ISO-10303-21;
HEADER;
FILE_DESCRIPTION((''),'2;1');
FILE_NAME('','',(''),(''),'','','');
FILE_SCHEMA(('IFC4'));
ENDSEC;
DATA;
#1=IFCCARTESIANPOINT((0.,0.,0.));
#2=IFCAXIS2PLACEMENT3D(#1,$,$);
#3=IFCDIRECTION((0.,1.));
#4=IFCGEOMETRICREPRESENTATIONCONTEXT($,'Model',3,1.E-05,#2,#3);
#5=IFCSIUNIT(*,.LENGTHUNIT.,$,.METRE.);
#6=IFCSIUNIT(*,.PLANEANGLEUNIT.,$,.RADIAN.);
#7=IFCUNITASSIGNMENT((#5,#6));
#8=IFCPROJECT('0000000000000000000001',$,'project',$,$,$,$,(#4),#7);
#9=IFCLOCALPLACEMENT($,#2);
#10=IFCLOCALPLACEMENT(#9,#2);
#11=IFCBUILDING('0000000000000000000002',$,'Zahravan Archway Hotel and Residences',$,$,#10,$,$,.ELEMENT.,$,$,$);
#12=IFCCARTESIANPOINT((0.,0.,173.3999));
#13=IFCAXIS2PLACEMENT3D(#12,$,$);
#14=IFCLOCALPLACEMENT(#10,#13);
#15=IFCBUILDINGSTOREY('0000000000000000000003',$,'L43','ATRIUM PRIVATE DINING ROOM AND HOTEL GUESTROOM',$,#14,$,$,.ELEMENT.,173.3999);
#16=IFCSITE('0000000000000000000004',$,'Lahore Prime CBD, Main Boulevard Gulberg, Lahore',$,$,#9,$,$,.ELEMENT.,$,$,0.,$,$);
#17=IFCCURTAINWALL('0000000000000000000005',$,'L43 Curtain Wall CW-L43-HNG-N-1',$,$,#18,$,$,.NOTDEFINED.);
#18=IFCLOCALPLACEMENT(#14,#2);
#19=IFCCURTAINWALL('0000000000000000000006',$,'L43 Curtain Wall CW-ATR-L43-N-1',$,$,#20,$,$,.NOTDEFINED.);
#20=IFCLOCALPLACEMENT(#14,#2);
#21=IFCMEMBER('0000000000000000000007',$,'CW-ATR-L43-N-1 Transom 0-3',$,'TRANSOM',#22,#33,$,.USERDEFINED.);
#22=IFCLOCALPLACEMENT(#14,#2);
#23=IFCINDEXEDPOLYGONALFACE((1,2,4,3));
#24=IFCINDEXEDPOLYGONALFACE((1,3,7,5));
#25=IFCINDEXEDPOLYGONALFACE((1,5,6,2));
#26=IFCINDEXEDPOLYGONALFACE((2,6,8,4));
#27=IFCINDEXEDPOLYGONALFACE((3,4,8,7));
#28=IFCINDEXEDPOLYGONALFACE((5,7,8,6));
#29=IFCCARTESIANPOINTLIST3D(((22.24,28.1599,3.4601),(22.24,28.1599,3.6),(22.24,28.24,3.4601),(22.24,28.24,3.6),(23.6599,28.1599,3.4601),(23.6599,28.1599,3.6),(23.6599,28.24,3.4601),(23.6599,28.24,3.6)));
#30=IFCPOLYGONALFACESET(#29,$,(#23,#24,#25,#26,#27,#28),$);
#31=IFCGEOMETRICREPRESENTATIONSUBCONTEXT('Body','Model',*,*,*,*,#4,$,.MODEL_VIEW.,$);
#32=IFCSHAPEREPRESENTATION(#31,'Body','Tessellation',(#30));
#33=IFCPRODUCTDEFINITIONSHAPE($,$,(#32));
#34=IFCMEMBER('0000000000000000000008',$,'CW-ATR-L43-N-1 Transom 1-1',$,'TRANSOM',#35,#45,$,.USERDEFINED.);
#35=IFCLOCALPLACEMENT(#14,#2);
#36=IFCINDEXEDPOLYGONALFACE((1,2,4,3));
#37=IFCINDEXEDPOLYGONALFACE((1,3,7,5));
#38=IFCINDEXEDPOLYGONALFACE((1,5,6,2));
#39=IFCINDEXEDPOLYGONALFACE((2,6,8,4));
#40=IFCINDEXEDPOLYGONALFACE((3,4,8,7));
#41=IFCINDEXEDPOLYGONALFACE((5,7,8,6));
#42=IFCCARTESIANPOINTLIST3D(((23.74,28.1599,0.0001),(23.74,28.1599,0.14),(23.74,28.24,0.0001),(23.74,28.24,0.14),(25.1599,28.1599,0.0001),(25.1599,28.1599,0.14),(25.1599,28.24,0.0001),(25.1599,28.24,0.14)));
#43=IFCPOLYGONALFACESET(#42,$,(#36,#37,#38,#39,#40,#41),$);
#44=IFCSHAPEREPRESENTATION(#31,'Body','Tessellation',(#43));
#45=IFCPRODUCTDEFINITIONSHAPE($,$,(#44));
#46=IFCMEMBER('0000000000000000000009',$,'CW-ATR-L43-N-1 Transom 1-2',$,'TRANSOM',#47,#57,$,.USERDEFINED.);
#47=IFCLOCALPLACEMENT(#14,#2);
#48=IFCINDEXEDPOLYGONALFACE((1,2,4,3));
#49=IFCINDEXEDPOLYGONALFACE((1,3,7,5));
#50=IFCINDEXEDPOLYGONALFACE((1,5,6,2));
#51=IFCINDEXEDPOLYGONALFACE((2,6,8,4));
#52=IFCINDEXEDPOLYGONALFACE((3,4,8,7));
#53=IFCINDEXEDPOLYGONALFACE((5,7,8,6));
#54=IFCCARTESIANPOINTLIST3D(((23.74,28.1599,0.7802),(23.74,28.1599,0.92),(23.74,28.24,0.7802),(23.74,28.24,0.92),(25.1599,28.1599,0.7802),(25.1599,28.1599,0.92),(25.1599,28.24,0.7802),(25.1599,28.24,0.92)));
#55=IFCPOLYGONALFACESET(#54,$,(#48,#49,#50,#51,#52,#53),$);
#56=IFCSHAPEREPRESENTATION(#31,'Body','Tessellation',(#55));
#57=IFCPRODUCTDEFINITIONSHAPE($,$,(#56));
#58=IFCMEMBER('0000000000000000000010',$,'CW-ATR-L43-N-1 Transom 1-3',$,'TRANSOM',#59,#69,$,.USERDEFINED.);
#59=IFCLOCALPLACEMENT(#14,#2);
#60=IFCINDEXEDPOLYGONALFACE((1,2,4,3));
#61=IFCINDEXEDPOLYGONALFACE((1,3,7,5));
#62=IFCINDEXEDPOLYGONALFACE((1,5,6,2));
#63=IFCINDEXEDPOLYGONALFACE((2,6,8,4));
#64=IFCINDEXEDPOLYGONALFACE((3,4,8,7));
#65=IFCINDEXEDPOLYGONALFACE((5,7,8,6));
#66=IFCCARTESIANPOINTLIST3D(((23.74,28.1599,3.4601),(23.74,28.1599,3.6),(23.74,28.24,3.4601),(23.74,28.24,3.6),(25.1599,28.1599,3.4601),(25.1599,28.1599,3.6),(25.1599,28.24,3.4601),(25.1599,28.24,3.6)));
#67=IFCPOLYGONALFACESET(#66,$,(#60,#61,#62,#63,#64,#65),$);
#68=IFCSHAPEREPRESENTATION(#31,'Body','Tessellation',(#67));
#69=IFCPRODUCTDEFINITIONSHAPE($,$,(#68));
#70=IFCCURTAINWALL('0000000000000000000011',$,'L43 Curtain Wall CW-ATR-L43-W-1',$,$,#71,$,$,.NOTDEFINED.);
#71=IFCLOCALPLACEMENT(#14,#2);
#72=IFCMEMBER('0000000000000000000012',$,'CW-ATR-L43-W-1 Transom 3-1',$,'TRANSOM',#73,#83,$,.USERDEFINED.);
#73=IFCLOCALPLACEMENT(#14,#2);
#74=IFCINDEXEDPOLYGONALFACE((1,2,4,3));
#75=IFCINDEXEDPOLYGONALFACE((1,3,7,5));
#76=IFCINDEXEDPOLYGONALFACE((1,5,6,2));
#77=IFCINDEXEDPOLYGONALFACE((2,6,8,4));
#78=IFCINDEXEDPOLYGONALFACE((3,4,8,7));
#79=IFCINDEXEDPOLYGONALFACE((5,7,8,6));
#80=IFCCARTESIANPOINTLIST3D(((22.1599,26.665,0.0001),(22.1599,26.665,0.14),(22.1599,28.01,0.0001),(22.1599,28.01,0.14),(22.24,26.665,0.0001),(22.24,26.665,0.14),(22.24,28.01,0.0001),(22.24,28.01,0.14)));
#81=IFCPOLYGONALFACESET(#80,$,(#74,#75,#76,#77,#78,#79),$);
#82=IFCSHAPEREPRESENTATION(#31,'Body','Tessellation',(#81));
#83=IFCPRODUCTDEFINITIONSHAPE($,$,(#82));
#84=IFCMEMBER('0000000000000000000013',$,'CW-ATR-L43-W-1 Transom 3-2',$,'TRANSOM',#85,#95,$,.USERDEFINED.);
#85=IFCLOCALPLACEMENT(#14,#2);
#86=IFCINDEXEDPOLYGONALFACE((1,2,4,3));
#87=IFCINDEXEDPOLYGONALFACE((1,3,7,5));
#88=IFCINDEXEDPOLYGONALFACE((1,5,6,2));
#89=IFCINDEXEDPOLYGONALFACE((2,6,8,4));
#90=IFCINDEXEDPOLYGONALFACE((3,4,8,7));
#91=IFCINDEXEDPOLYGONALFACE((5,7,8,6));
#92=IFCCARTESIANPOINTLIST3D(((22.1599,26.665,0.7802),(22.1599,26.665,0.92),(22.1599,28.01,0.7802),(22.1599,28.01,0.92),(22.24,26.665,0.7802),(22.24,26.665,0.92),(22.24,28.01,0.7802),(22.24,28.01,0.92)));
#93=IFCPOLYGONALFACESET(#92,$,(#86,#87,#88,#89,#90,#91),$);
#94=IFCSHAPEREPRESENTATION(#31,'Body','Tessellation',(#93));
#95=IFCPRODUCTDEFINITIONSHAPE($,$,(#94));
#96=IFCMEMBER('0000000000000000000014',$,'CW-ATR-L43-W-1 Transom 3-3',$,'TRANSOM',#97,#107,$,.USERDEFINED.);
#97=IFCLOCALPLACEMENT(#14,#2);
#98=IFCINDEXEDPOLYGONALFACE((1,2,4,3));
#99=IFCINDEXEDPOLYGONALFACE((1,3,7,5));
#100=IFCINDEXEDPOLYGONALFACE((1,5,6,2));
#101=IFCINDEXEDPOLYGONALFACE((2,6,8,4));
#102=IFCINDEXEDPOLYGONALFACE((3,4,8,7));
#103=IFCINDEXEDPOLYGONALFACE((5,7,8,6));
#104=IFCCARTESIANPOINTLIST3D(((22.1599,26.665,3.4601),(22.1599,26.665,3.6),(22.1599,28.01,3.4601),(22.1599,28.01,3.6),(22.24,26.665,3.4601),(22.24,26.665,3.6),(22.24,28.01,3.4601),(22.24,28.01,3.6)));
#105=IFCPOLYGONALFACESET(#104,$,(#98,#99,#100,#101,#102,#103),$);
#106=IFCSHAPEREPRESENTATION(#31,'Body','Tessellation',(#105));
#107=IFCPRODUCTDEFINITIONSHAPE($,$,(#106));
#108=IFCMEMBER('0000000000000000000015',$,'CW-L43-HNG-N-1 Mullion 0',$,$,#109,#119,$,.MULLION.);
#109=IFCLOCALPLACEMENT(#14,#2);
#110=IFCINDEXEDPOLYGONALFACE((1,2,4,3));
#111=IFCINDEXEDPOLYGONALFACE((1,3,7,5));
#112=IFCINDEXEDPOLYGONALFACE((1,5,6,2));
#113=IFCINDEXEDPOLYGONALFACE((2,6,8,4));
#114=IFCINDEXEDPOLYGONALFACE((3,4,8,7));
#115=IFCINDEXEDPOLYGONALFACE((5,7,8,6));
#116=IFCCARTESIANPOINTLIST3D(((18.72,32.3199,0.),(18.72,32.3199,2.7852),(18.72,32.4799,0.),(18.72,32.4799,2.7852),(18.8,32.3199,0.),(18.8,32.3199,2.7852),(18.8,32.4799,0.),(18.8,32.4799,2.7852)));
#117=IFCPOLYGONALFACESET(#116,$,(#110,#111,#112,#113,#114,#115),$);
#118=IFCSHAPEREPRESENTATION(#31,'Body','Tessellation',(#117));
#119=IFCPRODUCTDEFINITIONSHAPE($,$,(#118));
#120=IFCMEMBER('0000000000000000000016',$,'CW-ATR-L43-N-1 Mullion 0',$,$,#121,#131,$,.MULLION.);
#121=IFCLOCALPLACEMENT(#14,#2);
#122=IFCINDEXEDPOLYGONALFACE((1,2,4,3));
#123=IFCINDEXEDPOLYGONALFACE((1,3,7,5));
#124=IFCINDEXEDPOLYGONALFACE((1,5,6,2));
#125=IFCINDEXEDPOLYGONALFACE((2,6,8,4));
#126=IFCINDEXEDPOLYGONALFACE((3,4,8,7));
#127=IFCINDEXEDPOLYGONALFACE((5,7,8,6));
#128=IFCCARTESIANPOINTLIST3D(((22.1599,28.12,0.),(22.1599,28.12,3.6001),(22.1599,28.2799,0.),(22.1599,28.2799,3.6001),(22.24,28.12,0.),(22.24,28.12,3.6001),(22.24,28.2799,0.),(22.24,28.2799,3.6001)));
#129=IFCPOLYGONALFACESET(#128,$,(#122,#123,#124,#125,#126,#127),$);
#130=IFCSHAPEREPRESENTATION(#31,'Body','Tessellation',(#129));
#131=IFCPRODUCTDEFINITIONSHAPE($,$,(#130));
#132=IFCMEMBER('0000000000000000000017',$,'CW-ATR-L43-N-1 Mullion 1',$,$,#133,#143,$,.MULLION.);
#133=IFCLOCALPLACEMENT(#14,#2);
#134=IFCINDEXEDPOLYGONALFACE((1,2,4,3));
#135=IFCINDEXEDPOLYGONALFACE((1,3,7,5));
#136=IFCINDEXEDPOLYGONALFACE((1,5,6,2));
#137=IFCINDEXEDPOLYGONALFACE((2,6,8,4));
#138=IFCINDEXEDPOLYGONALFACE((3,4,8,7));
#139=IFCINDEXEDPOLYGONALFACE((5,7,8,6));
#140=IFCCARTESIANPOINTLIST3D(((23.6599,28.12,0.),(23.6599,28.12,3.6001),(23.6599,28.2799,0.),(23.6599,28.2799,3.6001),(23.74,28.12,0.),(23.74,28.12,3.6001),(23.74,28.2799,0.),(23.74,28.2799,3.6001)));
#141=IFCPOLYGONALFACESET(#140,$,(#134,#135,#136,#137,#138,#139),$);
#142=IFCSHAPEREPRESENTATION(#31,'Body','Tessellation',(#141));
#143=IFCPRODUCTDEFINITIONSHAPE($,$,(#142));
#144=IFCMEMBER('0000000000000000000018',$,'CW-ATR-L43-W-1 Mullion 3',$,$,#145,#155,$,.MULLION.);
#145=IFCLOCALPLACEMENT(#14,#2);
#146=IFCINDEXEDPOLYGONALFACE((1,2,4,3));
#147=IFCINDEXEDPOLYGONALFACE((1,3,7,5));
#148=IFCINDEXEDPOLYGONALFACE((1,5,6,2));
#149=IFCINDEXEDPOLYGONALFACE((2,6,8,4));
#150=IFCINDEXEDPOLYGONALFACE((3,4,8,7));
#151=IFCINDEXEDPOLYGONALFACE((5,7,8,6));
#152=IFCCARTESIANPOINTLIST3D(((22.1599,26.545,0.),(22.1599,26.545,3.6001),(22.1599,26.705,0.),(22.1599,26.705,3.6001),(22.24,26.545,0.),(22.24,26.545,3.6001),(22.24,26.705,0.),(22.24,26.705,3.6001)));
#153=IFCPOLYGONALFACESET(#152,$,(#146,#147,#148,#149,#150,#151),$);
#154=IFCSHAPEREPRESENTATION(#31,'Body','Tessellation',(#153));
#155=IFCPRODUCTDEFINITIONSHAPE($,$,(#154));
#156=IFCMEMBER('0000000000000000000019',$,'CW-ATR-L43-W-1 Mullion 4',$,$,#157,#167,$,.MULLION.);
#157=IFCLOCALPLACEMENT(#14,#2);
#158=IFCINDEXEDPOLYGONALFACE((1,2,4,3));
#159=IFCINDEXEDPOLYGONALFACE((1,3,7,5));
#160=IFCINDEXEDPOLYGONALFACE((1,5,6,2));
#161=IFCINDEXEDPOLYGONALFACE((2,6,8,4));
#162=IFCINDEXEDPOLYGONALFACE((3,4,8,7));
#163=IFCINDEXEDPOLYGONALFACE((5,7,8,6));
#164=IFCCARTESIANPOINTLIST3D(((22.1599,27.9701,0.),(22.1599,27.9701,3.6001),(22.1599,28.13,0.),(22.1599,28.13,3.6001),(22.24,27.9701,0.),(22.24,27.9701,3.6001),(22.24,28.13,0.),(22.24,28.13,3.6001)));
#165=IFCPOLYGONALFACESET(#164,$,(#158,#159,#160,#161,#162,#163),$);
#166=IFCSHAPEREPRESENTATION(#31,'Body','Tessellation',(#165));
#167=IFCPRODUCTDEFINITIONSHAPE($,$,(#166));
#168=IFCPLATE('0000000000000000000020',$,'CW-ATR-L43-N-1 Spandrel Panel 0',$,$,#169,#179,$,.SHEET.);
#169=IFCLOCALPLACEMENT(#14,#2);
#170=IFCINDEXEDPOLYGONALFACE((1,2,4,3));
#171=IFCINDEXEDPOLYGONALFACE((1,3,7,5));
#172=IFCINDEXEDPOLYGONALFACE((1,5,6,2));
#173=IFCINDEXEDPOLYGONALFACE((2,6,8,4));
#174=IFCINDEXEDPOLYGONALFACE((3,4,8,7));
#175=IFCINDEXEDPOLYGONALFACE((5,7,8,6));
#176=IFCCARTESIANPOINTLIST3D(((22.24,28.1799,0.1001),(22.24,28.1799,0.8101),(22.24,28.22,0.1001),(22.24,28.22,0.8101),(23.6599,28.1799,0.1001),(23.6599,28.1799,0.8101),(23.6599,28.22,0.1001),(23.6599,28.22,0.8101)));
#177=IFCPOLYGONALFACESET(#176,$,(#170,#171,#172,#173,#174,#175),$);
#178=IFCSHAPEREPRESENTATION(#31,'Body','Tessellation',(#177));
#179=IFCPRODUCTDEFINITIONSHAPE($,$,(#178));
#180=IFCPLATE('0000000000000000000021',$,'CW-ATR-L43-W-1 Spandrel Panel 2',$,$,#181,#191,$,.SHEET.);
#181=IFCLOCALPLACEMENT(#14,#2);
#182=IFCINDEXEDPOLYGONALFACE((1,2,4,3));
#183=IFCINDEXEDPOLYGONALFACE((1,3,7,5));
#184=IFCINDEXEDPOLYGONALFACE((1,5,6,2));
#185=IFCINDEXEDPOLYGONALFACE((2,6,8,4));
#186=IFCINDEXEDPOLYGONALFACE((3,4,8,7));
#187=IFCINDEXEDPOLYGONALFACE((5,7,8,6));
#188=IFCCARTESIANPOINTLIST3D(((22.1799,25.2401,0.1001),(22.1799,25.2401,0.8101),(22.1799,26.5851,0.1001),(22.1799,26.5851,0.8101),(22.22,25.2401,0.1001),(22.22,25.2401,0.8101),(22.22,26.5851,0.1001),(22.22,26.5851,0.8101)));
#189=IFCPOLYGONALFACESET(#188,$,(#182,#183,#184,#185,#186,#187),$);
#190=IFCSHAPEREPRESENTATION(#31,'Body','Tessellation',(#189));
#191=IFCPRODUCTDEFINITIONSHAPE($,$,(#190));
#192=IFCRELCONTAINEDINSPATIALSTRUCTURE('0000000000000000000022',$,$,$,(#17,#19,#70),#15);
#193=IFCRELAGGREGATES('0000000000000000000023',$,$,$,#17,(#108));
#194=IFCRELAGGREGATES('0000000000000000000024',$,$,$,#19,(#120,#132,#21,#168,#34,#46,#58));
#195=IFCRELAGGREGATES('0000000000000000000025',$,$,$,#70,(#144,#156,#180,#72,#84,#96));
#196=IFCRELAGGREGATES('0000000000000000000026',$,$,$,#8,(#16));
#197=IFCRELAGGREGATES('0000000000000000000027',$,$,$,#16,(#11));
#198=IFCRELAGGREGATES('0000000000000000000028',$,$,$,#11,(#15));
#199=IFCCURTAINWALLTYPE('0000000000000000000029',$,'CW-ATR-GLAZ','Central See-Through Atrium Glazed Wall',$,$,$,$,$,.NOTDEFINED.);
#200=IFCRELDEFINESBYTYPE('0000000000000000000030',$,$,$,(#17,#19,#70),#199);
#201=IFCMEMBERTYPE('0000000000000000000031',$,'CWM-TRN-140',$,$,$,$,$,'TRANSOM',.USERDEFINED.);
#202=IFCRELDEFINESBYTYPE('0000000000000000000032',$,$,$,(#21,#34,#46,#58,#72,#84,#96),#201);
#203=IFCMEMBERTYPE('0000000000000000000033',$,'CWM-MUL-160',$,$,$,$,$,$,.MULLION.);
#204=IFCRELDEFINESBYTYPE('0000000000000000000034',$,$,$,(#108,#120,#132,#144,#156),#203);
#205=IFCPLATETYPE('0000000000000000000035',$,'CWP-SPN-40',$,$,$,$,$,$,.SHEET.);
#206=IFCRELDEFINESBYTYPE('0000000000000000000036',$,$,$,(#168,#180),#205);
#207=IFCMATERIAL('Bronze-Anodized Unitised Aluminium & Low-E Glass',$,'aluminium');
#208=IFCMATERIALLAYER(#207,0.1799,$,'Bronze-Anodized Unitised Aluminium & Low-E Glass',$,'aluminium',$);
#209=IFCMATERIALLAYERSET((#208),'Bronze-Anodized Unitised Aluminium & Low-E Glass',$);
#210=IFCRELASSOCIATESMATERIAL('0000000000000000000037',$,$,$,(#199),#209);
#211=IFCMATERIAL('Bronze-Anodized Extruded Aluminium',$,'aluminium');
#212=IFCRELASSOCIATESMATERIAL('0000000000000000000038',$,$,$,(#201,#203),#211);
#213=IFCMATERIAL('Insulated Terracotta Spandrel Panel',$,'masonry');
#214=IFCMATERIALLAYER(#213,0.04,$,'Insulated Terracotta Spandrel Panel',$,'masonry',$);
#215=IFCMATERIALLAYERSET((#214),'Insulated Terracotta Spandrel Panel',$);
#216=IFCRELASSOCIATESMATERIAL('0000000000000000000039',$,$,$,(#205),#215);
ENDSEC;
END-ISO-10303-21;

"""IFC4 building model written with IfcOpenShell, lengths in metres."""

from ifc_helpers import new_model, si_unit, direction, frame, origin, origin_2d, place, context, subcontext, project, spatial, rectangle, extrude, source, transform, mapped, material, layer, layer_set, material_profile, profile_set, type_object, element, aggregate, save


model = new_model("IFC4")

# Units and contexts
model_context = context("Model", 3, precision=1e-05, world=origin(), true_north=direction((0.0, 1.0)))
body_context = subcontext(model_context, "Body", "Model", "MODEL_VIEW")
ifc_project = project(units=[si_unit("LENGTHUNIT", "METRE"), si_unit("PLANEANGLEUNIT", "RADIAN")], contexts=[model_context])

# Site, building, storey
site_placement = place(None, origin())
site = spatial("IfcSite", under=ifc_project, at=site_placement, Name="Lahore Prime CBD, Main Boulevard Gulberg, Lahore", CompositionType="ELEMENT", RefElevation=0.0)
building_placement = place(site_placement, origin())
building = spatial("IfcBuilding", under=site, at=building_placement, Name="Zahravan Archway Hotel and Residences", CompositionType="ELEMENT")
storey_placement = place(building_placement, frame((0.0, 0.0, 173.3999)))
storey = spatial("IfcBuildingStorey", under=building, at=storey_placement, Name="L43", Description="ATRIUM PRIVATE DINING ROOM AND HOTEL GUESTROOM", CompositionType="ELEMENT", Elevation=173.3999)

# Curtain walls, members
ifc_material_1 = material(Name="Bronze-Anodized Unitised Aluminium & Low-E Glass", Category="aluminium")
ifc_layer_1 = layer(ifc_material_1, 0.1799, Name="Bronze-Anodized Unitised Aluminium & Low-E Glass", Category="aluminium")
ifc_layer_set_1 = layer_set([ifc_layer_1], Name="Bronze-Anodized Unitised Aluminium & Low-E Glass")
curtain_wall_type = type_object("IfcCurtainWallType", Name="CW-ATR-GLAZ", Description="Central See-Through Atrium Glazed Wall", PredefinedType="NOTDEFINED", material=ifc_layer_set_1)
curtain_wall_1_placement = place(storey_placement, origin())
curtain_wall_1 = element("IfcCurtainWall", 1, at=curtain_wall_1_placement, inside=storey, type_object=curtain_wall_type, Name="L43 Curtain Wall CW-L43-HNG-N-1", PredefinedType="NOTDEFINED")
ifc_material_2 = material(Name="Bronze-Anodized Extruded Aluminium", Category="aluminium")
ifc_material_profile_1 = material_profile(ifc_material_2, rectangle(XDim=0.0801, YDim=0.1399, at=origin_2d()), Name="TRN 80x140", Category="aluminium")
ifc_profile_set_1 = profile_set([ifc_material_profile_1], Name="Bronze-Anodized Extruded Aluminium")
member_type_1 = type_object("IfcMemberType", Name="CWM-TRN-140", ElementType="TRANSOM", PredefinedType="USERDEFINED", material=ifc_profile_set_1)
curtain_wall_2_placement = place(storey_placement, origin())
curtain_wall_2 = element("IfcCurtainWall", 2, at=curtain_wall_2_placement, inside=storey, type_object=curtain_wall_type, Name="L43 Curtain Wall CW-ATR-L43-N-1", PredefinedType="NOTDEFINED")
shared_shape_1 = source(origin(), body_context, "Body", "SweptSolid", [
    extrude(rectangle(XDim=0.0801, YDim=0.1399, at=origin_2d()), origin(), (0.0, 0.0, 1.0), 1.4199),
])
member_1_placement = place(storey_placement, frame((22.24, 28.2, 3.53), z_axis=(1.0, 0.0, 0.0), x_axis=(0.0, 1.0, 0.0)))
member_1 = element("IfcMember", 3, at=member_1_placement, type_object=member_type_1, Name="CW-ATR-L43-N-1 Transom 0-3", ObjectType="TRANSOM", PredefinedType="USERDEFINED", context=body_context, shape_type="MappedRepresentation", body=[
    mapped(shared_shape_1, transform((0.0, 0.0, 0.0), scale=1.0)),
])
member_2_placement = place(storey_placement, frame((23.74, 28.2, 0.0701), z_axis=(1.0, 0.0, 0.0), x_axis=(0.0, 1.0, 0.0)))
member_2 = element("IfcMember", 4, at=member_2_placement, type_object=member_type_1, Name="CW-ATR-L43-N-1 Transom 1-1", ObjectType="TRANSOM", PredefinedType="USERDEFINED", context=body_context, shape_type="MappedRepresentation", body=[
    mapped(shared_shape_1, transform((0.0, 0.0, 0.0), scale=1.0)),
])
member_3_placement = place(storey_placement, frame((23.74, 28.2, 0.8501), z_axis=(1.0, 0.0, 0.0), x_axis=(0.0, 1.0, 0.0)))
member_3 = element("IfcMember", 5, at=member_3_placement, type_object=member_type_1, Name="CW-ATR-L43-N-1 Transom 1-2", ObjectType="TRANSOM", PredefinedType="USERDEFINED", context=body_context, shape_type="MappedRepresentation", body=[
    mapped(shared_shape_1, transform((0.0, 0.0, 0.0), scale=1.0)),
])
member_4_placement = place(storey_placement, frame((23.74, 28.2, 3.53), z_axis=(1.0, 0.0, 0.0), x_axis=(0.0, 1.0, 0.0)))
member_4 = element("IfcMember", 6, at=member_4_placement, type_object=member_type_1, Name="CW-ATR-L43-N-1 Transom 1-3", ObjectType="TRANSOM", PredefinedType="USERDEFINED", context=body_context, shape_type="MappedRepresentation", body=[
    mapped(shared_shape_1, transform((0.0, 0.0, 0.0), scale=1.0)),
])
curtain_wall_3_placement = place(storey_placement, origin())
curtain_wall_3 = element("IfcCurtainWall", 7, at=curtain_wall_3_placement, inside=storey, type_object=curtain_wall_type, Name="L43 Curtain Wall CW-ATR-L43-W-1", PredefinedType="NOTDEFINED")
shared_shape_2 = source(origin(), body_context, "Body", "SweptSolid", [
    extrude(rectangle(XDim=0.0801, YDim=0.1399, at=origin_2d()), origin(), (0.0, 0.0, 1.0), 1.345),
])
member_5_placement = place(storey_placement, frame((22.2, 26.665, 0.0701), z_axis=(0.0, 1.0, 0.0), x_axis=(-1.0, 0.0, 0.0)))
member_5 = element("IfcMember", 8, at=member_5_placement, type_object=member_type_1, Name="CW-ATR-L43-W-1 Transom 3-1", ObjectType="TRANSOM", PredefinedType="USERDEFINED", context=body_context, shape_type="MappedRepresentation", body=[
    mapped(shared_shape_2, transform((0.0, 0.0, 0.0), scale=1.0)),
])
member_6_placement = place(storey_placement, frame((22.2, 26.665, 0.8501), z_axis=(0.0, 1.0, 0.0), x_axis=(-1.0, 0.0, 0.0)))
member_6 = element("IfcMember", 9, at=member_6_placement, type_object=member_type_1, Name="CW-ATR-L43-W-1 Transom 3-2", ObjectType="TRANSOM", PredefinedType="USERDEFINED", context=body_context, shape_type="MappedRepresentation", body=[
    mapped(shared_shape_2, transform((0.0, 0.0, 0.0), scale=1.0)),
])
member_7_placement = place(storey_placement, frame((22.2, 26.665, 3.53), z_axis=(0.0, 1.0, 0.0), x_axis=(-1.0, 0.0, 0.0)))
member_7 = element("IfcMember", 10, at=member_7_placement, type_object=member_type_1, Name="CW-ATR-L43-W-1 Transom 3-3", ObjectType="TRANSOM", PredefinedType="USERDEFINED", context=body_context, shape_type="MappedRepresentation", body=[
    mapped(shared_shape_2, transform((0.0, 0.0, 0.0), scale=1.0)),
])

# Members
ifc_material_profile_2 = material_profile(ifc_material_2, rectangle(XDim=0.0801, YDim=0.1599, at=origin_2d()), Name="MUL 80x160", Category="aluminium")
ifc_profile_set_2 = profile_set([ifc_material_profile_2], Name="Bronze-Anodized Extruded Aluminium")
member_type_2 = type_object("IfcMemberType", Name="CWM-MUL-160", PredefinedType="MULLION", material=ifc_profile_set_2)
shared_shape_3 = source(origin(), body_context, "Body", "SweptSolid", [
    extrude(rectangle(XDim=0.0801, YDim=0.1599, at=origin_2d()), origin(), (0.0, 0.0, 1.0), 2.7852),
])
member_8_placement = place(storey_placement, frame((18.76, 32.3999, 0.0), z_axis=(0.0, 0.0, 1.0), x_axis=(1.0, 0.0, 0.0)))
member_8 = element("IfcMember", 11, at=member_8_placement, type_object=member_type_2, Name="CW-L43-HNG-N-1 Mullion 0", PredefinedType="MULLION", context=body_context, shape_type="MappedRepresentation", body=[
    mapped(shared_shape_3, transform((0.0, 0.0, 0.0), scale=1.0)),
])
aggregate(curtain_wall_1, [member_8])
shared_shape_4 = source(origin(), body_context, "Body", "SweptSolid", [
    extrude(rectangle(XDim=0.0801, YDim=0.1599, at=origin_2d()), origin(), (0.0, 0.0, 1.0), 3.6001),
])
member_9_placement = place(storey_placement, frame((22.2, 28.2, 0.0), z_axis=(0.0, 0.0, 1.0), x_axis=(1.0, 0.0, 0.0)))
member_9 = element("IfcMember", 12, at=member_9_placement, type_object=member_type_2, Name="CW-ATR-L43-N-1 Mullion 0", PredefinedType="MULLION", context=body_context, shape_type="MappedRepresentation", body=[
    mapped(shared_shape_4, transform((0.0, 0.0, 0.0), scale=1.0)),
])
member_10_placement = place(storey_placement, frame((23.7, 28.2, 0.0), z_axis=(0.0, 0.0, 1.0), x_axis=(1.0, 0.0, 0.0)))
member_10 = element("IfcMember", 13, at=member_10_placement, type_object=member_type_2, Name="CW-ATR-L43-N-1 Mullion 1", PredefinedType="MULLION", context=body_context, shape_type="MappedRepresentation", body=[
    mapped(shared_shape_4, transform((0.0, 0.0, 0.0), scale=1.0)),
])
member_11_placement = place(storey_placement, frame((22.2, 26.625, 0.0), z_axis=(0.0, 0.0, 1.0), x_axis=(1.0, 0.0, 0.0)))
member_11 = element("IfcMember", 14, at=member_11_placement, type_object=member_type_2, Name="CW-ATR-L43-W-1 Mullion 3", PredefinedType="MULLION", context=body_context, shape_type="MappedRepresentation", body=[
    mapped(shared_shape_4, transform((0.0, 0.0, 0.0), scale=1.0)),
])
member_12_placement = place(storey_placement, frame((22.2, 28.05, 0.0), z_axis=(0.0, 0.0, 1.0), x_axis=(1.0, 0.0, 0.0)))
member_12 = element("IfcMember", 15, at=member_12_placement, type_object=member_type_2, Name="CW-ATR-L43-W-1 Mullion 4", PredefinedType="MULLION", context=body_context, shape_type="MappedRepresentation", body=[
    mapped(shared_shape_4, transform((0.0, 0.0, 0.0), scale=1.0)),
])

# Plates
ifc_material_3 = material(Name="Insulated Terracotta Spandrel Panel", Category="masonry")
ifc_layer_2 = layer(ifc_material_3, 0.04, Name="Insulated Terracotta Spandrel Panel", Category="masonry")
ifc_layer_set_2 = layer_set([ifc_layer_2], Name="Insulated Terracotta Spandrel Panel")
plate_type_1 = type_object("IfcPlateType", Name="CWP-SPN-40", PredefinedType="SHEET", material=ifc_layer_set_2)
shared_shape_5 = source(origin(), body_context, "Body", "SweptSolid", [
    extrude(rectangle(XDim=1.4199, YDim=0.04, at=origin_2d()), origin(), (0.0, 0.0, 1.0), 0.71),
])
plate_1_placement = place(storey_placement, frame((22.95, 28.2, 0.1001), z_axis=(0.0, 0.0, 1.0), x_axis=(1.0, 0.0, 0.0)))
plate_1 = element("IfcPlate", 16, at=plate_1_placement, type_object=plate_type_1, Name="CW-ATR-L43-N-1 Spandrel Panel 0", PredefinedType="SHEET", context=body_context, shape_type="MappedRepresentation", body=[
    mapped(shared_shape_5, transform((0.0, 0.0, 0.0), scale=1.0)),
])
shared_shape_6 = source(origin(), body_context, "Body", "SweptSolid", [
    extrude(rectangle(XDim=1.345, YDim=0.04, at=origin_2d()), origin(), (0.0, 0.0, 1.0), 0.71),
])
plate_2_placement = place(storey_placement, frame((22.2, 25.9126, 0.1001), z_axis=(0.0, 0.0, 1.0), x_axis=(0.0, 1.0, 0.0)))
plate_2 = element("IfcPlate", 17, at=plate_2_placement, type_object=plate_type_1, Name="CW-ATR-L43-W-1 Spandrel Panel 2", PredefinedType="SHEET", context=body_context, shape_type="MappedRepresentation", body=[
    mapped(shared_shape_6, transform((0.0, 0.0, 0.0), scale=1.0)),
])
aggregate(curtain_wall_2, [member_9, member_10, member_1, plate_1, member_2, member_3, member_4])
aggregate(curtain_wall_3, [member_11, member_12, plate_2, member_5, member_6, member_7])

save(model, "model.ifc")
